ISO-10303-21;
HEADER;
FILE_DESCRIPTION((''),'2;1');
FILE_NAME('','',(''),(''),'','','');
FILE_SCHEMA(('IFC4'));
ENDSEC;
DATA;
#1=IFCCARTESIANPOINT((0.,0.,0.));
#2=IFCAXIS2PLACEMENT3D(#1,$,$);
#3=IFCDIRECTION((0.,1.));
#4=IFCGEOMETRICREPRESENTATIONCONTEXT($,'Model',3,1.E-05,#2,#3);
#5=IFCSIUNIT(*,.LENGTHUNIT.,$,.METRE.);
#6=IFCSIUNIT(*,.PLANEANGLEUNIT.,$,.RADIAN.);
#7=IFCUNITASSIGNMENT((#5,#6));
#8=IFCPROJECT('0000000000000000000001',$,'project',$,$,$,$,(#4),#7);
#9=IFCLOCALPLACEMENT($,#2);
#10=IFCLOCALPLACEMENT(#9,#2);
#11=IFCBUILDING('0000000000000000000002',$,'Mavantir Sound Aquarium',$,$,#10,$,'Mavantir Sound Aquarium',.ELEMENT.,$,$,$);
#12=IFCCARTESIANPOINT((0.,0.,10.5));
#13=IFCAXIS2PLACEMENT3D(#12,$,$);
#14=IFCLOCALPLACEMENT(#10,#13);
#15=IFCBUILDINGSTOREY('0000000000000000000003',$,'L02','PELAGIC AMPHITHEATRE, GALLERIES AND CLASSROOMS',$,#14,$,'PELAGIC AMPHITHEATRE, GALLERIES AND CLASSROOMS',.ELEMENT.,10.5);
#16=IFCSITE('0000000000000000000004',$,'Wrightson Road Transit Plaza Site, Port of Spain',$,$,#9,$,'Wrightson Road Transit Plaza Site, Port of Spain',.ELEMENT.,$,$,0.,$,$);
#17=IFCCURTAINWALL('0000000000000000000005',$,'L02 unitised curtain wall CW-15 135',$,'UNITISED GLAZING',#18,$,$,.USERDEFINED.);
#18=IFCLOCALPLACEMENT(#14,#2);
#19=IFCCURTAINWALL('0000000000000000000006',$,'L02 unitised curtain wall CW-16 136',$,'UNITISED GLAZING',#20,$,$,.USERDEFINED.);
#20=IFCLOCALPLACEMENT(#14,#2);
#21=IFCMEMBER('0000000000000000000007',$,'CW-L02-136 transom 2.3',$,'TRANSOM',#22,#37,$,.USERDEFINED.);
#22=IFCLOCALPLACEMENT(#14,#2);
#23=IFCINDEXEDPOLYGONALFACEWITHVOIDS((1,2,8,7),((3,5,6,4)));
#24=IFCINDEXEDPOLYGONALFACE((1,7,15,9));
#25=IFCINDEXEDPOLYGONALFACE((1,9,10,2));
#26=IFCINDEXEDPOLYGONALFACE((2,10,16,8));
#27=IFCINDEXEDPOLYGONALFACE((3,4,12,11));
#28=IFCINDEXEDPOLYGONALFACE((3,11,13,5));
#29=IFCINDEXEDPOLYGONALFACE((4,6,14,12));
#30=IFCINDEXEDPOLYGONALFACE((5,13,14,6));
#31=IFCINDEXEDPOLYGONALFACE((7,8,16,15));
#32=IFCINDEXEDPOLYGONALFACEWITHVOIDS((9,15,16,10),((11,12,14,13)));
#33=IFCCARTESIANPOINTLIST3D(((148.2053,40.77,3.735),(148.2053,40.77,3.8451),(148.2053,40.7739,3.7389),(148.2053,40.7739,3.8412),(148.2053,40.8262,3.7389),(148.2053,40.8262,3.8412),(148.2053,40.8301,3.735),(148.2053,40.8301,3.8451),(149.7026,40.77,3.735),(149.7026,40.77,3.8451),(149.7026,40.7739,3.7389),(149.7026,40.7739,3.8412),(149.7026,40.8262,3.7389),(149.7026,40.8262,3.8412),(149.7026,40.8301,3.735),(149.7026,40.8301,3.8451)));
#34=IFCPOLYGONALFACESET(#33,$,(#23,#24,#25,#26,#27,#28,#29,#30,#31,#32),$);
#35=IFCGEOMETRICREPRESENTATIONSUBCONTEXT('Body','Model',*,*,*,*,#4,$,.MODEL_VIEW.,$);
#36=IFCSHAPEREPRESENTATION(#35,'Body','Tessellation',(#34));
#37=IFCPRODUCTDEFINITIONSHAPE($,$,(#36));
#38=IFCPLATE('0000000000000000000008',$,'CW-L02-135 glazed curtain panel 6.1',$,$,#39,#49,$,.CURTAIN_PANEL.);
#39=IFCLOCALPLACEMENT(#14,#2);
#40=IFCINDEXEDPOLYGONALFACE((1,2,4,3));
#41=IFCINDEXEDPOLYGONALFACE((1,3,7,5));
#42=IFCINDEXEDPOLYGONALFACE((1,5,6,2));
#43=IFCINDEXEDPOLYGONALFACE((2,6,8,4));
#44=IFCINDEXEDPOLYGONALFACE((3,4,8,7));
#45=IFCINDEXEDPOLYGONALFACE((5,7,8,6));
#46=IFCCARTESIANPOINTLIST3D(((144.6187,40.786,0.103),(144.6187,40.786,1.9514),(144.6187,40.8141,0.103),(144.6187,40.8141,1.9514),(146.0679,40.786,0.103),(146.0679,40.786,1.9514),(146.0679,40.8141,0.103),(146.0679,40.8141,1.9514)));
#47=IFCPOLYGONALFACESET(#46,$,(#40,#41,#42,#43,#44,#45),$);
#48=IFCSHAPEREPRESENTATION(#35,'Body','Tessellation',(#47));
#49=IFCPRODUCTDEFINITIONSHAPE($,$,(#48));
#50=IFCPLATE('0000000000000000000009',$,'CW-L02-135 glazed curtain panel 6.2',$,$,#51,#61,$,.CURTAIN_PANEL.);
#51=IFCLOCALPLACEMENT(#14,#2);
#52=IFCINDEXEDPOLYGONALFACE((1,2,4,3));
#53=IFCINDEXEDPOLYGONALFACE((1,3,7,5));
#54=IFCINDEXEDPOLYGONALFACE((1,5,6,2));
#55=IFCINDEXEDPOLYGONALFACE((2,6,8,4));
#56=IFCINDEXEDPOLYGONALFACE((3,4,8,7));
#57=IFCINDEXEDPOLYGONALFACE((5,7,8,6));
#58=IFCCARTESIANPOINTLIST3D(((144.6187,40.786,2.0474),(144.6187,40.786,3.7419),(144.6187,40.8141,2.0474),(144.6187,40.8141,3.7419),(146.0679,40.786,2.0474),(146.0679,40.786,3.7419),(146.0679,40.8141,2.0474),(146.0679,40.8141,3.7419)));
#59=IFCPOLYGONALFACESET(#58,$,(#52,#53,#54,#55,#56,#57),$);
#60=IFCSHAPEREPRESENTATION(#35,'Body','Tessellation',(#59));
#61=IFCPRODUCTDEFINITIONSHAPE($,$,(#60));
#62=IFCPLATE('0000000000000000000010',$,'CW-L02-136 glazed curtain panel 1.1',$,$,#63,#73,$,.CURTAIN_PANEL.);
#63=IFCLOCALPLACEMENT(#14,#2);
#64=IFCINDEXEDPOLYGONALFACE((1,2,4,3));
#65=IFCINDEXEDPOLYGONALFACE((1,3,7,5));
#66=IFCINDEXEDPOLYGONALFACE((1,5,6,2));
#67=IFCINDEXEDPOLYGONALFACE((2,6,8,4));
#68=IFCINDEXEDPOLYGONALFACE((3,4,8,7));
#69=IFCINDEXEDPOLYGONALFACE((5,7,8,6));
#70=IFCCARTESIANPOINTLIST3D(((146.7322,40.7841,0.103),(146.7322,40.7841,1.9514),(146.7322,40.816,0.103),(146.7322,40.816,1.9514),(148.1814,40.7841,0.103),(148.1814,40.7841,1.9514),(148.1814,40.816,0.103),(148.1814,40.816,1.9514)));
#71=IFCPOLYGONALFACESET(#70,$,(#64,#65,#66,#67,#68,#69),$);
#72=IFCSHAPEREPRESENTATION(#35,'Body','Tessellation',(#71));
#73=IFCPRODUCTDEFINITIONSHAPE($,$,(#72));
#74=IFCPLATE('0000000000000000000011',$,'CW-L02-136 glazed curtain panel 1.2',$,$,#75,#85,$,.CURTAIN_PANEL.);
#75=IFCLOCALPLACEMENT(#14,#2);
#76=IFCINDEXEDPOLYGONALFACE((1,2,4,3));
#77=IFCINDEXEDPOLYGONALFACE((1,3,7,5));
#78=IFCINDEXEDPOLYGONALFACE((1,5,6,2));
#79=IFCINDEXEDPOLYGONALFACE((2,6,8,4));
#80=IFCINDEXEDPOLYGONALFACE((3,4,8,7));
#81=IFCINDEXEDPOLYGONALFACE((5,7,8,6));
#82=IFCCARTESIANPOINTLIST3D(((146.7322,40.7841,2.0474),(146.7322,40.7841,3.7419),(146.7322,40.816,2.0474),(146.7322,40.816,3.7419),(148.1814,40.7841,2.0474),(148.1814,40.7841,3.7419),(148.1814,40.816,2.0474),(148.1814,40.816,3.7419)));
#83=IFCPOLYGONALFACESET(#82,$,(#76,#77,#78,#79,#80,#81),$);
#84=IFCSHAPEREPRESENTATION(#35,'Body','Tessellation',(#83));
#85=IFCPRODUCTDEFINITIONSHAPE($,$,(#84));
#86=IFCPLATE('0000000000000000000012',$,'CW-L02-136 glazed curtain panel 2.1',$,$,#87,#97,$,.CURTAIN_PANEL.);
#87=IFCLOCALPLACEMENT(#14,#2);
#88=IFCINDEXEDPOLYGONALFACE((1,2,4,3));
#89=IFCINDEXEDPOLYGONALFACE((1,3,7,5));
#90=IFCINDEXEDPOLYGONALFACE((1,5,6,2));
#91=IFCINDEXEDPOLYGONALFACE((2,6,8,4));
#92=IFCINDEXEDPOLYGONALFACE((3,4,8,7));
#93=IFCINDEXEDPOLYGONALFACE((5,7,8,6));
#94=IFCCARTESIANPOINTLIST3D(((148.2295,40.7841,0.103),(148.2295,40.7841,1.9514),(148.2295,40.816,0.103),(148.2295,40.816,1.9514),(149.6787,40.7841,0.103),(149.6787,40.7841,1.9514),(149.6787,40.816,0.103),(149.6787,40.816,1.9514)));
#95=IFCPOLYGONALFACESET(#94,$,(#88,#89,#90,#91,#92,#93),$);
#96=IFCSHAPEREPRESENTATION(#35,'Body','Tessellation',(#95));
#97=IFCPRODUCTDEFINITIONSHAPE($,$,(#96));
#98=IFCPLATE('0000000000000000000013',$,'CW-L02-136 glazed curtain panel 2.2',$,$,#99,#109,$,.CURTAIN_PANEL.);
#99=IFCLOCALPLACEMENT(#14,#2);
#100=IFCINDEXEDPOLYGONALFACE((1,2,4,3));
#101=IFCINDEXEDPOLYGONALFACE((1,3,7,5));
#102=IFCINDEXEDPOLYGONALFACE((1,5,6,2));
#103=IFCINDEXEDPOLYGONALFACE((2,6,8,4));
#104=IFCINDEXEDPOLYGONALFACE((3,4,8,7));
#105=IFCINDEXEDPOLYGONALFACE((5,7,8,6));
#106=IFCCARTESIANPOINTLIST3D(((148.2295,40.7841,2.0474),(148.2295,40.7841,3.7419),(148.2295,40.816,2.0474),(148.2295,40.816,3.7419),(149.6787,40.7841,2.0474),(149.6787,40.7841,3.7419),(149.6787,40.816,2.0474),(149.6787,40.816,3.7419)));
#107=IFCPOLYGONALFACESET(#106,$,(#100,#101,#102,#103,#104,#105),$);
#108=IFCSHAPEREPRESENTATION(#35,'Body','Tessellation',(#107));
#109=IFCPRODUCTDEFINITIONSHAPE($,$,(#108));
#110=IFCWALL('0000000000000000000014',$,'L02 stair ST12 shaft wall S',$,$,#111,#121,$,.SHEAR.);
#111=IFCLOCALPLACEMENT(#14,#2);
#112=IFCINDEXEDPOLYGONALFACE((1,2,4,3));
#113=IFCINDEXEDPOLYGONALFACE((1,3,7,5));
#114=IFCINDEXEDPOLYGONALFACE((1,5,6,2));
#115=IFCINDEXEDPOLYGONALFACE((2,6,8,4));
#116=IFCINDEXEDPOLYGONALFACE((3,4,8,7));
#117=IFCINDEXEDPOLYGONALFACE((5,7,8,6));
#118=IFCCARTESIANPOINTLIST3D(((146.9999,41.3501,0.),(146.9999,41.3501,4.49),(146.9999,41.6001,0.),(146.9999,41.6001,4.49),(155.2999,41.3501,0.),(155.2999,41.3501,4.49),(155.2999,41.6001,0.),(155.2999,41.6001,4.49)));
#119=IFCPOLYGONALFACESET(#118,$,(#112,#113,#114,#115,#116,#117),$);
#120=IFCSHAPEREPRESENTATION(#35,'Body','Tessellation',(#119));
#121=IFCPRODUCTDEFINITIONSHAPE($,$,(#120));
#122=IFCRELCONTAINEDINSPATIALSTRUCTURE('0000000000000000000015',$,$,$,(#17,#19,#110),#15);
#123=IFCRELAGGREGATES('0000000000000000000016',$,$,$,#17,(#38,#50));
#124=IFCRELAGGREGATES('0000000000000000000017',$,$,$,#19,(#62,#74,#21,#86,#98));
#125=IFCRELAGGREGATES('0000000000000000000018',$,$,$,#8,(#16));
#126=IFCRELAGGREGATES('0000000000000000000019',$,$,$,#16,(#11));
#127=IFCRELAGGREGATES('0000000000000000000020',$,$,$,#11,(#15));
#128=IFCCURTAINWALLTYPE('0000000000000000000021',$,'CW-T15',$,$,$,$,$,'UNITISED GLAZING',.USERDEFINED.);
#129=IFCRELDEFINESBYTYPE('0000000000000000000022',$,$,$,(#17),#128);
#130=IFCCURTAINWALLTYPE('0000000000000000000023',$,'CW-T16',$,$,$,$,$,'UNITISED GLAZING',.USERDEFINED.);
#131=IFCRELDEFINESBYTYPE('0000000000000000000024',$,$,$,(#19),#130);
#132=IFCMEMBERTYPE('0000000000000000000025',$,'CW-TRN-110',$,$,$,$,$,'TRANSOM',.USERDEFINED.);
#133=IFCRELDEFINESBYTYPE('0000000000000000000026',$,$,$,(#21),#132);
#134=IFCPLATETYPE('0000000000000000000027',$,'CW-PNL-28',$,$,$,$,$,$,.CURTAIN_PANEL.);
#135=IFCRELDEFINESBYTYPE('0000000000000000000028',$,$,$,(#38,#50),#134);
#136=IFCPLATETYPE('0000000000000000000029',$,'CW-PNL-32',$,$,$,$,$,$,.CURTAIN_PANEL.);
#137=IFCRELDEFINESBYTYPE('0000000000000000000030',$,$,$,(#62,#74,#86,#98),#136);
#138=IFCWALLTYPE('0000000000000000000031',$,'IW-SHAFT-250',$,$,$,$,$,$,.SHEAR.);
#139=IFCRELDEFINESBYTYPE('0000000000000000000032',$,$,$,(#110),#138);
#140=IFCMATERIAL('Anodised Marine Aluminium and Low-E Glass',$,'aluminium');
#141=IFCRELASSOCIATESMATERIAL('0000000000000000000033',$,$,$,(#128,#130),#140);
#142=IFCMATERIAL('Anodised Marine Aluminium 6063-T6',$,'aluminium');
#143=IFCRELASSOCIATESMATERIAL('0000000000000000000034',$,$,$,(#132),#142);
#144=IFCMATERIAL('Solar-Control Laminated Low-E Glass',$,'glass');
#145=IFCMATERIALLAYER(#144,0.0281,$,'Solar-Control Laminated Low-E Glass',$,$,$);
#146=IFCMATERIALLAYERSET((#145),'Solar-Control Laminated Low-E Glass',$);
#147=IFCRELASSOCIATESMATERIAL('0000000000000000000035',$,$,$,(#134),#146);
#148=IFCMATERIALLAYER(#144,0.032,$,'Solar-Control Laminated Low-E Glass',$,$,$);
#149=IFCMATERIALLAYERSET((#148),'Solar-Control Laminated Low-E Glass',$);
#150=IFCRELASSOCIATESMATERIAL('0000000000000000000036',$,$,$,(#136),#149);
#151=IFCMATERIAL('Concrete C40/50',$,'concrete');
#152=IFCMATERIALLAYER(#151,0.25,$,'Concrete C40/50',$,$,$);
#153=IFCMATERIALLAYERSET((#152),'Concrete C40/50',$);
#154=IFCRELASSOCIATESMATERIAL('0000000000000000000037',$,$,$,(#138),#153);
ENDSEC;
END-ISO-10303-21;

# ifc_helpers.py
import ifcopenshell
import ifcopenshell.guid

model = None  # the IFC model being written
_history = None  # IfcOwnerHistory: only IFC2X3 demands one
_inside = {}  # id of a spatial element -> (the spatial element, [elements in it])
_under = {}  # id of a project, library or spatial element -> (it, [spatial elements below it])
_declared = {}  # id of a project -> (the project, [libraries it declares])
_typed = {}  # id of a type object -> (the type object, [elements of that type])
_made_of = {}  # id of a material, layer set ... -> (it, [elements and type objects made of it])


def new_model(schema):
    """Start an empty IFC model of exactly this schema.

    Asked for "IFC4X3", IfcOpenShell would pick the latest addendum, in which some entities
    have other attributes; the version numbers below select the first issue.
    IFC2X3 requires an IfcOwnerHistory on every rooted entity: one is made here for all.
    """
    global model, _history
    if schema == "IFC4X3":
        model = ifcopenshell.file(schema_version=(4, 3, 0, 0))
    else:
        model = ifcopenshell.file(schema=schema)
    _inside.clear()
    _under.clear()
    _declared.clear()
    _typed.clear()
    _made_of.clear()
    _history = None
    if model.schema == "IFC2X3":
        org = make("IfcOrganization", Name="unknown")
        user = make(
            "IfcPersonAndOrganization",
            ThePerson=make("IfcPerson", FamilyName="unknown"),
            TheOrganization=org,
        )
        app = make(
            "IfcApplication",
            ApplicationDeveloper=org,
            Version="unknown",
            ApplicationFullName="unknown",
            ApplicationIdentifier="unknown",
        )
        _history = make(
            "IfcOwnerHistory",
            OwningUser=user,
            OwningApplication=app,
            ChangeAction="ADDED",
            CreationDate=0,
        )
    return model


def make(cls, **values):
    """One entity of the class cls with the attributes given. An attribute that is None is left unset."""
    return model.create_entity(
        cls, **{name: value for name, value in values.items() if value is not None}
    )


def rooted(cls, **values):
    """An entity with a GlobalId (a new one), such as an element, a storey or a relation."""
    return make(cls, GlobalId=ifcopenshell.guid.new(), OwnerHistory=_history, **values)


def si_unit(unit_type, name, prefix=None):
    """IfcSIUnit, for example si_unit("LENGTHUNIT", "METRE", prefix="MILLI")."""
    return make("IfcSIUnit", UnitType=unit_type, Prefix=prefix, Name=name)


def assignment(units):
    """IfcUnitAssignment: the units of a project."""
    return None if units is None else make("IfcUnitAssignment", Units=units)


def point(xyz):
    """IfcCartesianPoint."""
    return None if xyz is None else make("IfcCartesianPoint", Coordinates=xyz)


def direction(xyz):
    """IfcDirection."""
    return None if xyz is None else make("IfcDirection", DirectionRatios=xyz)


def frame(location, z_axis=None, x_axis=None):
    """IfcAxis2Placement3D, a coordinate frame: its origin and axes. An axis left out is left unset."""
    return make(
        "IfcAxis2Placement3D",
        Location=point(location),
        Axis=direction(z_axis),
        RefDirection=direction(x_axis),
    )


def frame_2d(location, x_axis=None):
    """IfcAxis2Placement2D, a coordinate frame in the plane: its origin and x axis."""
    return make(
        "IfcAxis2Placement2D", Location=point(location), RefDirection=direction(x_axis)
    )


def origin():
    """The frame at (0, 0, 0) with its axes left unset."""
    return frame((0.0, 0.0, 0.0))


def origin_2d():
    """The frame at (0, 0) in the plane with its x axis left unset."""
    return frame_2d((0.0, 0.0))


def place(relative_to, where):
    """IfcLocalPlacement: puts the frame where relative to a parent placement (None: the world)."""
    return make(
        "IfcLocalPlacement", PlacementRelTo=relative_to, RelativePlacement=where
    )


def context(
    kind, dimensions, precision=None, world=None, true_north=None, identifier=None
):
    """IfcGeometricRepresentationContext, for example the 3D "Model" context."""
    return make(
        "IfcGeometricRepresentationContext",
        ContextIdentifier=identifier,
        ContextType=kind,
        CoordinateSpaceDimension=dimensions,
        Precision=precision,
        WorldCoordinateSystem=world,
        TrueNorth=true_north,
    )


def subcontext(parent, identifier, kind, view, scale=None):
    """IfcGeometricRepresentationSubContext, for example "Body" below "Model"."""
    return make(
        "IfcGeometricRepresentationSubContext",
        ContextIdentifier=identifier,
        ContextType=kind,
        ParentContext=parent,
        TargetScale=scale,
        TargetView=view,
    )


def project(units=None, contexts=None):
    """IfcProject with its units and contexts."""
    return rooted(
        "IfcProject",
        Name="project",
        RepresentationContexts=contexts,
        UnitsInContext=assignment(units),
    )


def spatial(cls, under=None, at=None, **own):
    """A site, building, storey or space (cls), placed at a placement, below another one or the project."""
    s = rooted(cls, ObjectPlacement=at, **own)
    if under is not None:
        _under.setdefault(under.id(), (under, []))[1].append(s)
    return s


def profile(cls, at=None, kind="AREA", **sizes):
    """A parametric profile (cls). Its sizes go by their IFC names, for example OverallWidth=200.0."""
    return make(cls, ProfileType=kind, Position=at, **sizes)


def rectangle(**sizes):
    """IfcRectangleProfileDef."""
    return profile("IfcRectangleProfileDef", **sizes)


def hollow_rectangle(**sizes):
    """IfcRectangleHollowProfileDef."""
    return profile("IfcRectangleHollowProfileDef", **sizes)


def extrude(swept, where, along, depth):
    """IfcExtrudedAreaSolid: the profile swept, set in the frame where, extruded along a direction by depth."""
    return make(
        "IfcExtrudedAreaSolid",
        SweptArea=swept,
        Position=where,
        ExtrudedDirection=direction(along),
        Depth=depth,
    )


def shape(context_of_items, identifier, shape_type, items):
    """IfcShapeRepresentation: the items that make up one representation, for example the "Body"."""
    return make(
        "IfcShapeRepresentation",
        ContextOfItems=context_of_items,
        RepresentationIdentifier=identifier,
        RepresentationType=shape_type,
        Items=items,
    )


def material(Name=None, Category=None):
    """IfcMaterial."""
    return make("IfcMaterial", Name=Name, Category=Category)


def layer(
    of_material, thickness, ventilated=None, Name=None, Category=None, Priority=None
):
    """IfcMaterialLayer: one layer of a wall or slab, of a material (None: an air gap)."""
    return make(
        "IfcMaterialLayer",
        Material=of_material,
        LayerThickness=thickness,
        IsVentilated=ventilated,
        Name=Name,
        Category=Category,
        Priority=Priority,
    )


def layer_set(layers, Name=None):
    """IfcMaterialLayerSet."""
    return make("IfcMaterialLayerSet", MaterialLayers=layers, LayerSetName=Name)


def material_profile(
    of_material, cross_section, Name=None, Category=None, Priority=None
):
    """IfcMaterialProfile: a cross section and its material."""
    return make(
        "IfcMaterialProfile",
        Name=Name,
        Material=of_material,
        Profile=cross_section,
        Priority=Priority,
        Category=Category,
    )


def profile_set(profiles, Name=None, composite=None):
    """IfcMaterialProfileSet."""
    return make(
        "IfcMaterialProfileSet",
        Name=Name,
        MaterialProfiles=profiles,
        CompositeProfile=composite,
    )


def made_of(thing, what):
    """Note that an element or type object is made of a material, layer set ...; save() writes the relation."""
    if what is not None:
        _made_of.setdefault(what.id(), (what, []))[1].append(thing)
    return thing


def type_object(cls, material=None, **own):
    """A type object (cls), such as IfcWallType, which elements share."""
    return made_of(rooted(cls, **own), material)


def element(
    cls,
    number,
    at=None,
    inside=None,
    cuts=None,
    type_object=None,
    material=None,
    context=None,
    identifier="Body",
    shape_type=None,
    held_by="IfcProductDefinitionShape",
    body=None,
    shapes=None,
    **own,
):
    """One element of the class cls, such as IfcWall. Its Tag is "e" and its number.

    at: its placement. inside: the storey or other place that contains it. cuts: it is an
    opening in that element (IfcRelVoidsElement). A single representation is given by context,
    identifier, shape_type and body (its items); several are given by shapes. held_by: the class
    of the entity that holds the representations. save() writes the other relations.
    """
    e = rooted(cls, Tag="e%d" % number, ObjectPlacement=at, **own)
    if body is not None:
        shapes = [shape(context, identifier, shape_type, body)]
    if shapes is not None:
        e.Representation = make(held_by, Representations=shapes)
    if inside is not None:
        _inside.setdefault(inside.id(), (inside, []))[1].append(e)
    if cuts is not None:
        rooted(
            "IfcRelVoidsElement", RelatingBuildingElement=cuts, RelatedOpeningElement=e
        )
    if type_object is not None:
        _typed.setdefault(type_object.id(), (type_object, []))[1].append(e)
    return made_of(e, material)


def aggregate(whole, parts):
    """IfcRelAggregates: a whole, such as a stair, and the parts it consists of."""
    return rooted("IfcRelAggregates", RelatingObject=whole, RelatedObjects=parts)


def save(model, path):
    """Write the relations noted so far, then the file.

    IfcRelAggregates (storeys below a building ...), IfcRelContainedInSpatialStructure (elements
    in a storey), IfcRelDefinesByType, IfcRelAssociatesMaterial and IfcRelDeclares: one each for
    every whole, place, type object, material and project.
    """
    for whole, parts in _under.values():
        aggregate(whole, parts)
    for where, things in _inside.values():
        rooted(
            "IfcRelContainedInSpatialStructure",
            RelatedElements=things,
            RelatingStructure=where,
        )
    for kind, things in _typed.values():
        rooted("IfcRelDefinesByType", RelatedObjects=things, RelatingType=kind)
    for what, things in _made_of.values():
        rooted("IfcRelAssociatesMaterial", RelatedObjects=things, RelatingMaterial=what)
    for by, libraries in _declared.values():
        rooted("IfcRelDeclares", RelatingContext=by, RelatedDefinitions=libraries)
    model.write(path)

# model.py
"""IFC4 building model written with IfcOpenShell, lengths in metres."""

from ifc_helpers import new_model, si_unit, direction, frame, frame_2d, origin, origin_2d, place, context, subcontext, project, spatial, rectangle, hollow_rectangle, extrude, material, layer, layer_set, material_profile, profile_set, type_object, element, aggregate, save


model = new_model("IFC4")

# Units and contexts
model_context = context("Model", 3, precision=1e-05, world=origin(), true_north=direction((0.0, 1.0)))
body_context = subcontext(model_context, "Body", "Model", "MODEL_VIEW")
ifc_project = project(units=[si_unit("LENGTHUNIT", "METRE"), si_unit("PLANEANGLEUNIT", "RADIAN")], contexts=[model_context])

# Site, building, storey
site_placement = place(None, origin())
site = spatial("IfcSite", under=ifc_project, at=site_placement, Name="Wrightson Road Transit Plaza Site, Port of Spain", LongName="Wrightson Road Transit Plaza Site, Port of Spain", CompositionType="ELEMENT", RefElevation=0.0)
building_placement = place(site_placement, origin())
building = spatial("IfcBuilding", under=site, at=building_placement, Name="Mavantir Sound Aquarium", LongName="Mavantir Sound Aquarium", CompositionType="ELEMENT")
storey_placement = place(building_placement, frame((0.0, 0.0, 10.5)))
storey = spatial("IfcBuildingStorey", under=building, at=storey_placement, Name="L02", Description="PELAGIC AMPHITHEATRE, GALLERIES AND CLASSROOMS", LongName="PELAGIC AMPHITHEATRE, GALLERIES AND CLASSROOMS", CompositionType="ELEMENT", Elevation=10.5)

# Shared definitions
ifc_material_1 = material(Name="Concrete C40/50", Category="concrete")

# Curtain wall
ifc_material_2 = material(Name="Anodised Marine Aluminium and Low-E Glass", Category="aluminium")
curtain_wall_type_1 = type_object("IfcCurtainWallType", Name="CW-T15", ElementType="UNITISED GLAZING", PredefinedType="USERDEFINED", material=ifc_material_2)
curtain_wall_1_placement = place(storey_placement, origin())
curtain_wall_1 = element("IfcCurtainWall", 1, at=curtain_wall_1_placement, inside=storey, type_object=curtain_wall_type_1, Name="L02 unitised curtain wall CW-15 135", ObjectType="UNITISED GLAZING", PredefinedType="USERDEFINED")
ifc_material_3 = material(Name="Anodised Marine Aluminium 6063-T6", Category="aluminium")

# Curtain wall
curtain_wall_type_2 = type_object("IfcCurtainWallType", Name="CW-T16", ElementType="UNITISED GLAZING", PredefinedType="USERDEFINED", material=ifc_material_2)
curtain_wall_2_placement = place(storey_placement, origin())
curtain_wall_2 = element("IfcCurtainWall", 2, at=curtain_wall_2_placement, inside=storey, type_object=curtain_wall_type_2, Name="L02 unitised curtain wall CW-16 136", ObjectType="UNITISED GLAZING", PredefinedType="USERDEFINED")

# Member
ifc_material_profile_1 = material_profile(ifc_material_3, hollow_rectangle(XDim=0.0601, YDim=0.1101, WallThickness=0.0039, at=origin_2d()), Name="ALU-TRANSOM-110X60")
ifc_profile_set_1 = profile_set([ifc_material_profile_1], Name="Anodised Marine Aluminium 6063-T6")
member_type_1 = type_object("IfcMemberType", Name="CW-TRN-110", ElementType="TRANSOM", PredefinedType="USERDEFINED", material=ifc_profile_set_1)
member_1_placement = place(storey_placement, frame((148.2053, 40.8, 3.79), z_axis=(1.0, 0.0, 0.0), x_axis=(0.0, 1.0, 0.0)))
member_1 = element("IfcMember", 3, at=member_1_placement, type_object=member_type_1, Name="CW-L02-136 transom 2.3", ObjectType="TRANSOM", PredefinedType="USERDEFINED", context=body_context, shape_type="SweptSolid", body=[
    extrude(hollow_rectangle(XDim=0.0601, YDim=0.1101, WallThickness=0.0039, at=origin_2d()), origin(), (0.0, 0.0, 1.0), 1.4973),
])

# Plates
ifc_material_4 = material(Name="Solar-Control Laminated Low-E Glass", Category="glass")
ifc_layer_1 = layer(ifc_material_4, 0.0281, Name="Solar-Control Laminated Low-E Glass")
ifc_layer_set_1 = layer_set([ifc_layer_1], Name="Solar-Control Laminated Low-E Glass")
plate_type_1 = type_object("IfcPlateType", Name="CW-PNL-28", PredefinedType="CURTAIN_PANEL", material=ifc_layer_set_1)
plate_1_placement = place(storey_placement, frame((145.3433, 40.8, 0.103), z_axis=(0.0, 0.0, 1.0), x_axis=(1.0, 0.0, 0.0)))
plate_1 = element("IfcPlate", 4, at=plate_1_placement, type_object=plate_type_1, Name="CW-L02-135 glazed curtain panel 6.1", PredefinedType="CURTAIN_PANEL", context=body_context, shape_type="SweptSolid", body=[
    extrude(rectangle(XDim=1.4492, YDim=0.0281, at=origin_2d()), origin(), (0.0, 0.0, 1.0), 1.8484),
])
plate_2_placement = place(storey_placement, frame((145.3433, 40.8, 2.0474), z_axis=(0.0, 0.0, 1.0), x_axis=(1.0, 0.0, 0.0)))
plate_2 = element("IfcPlate", 5, at=plate_2_placement, type_object=plate_type_1, Name="CW-L02-135 glazed curtain panel 6.2", PredefinedType="CURTAIN_PANEL", context=body_context, shape_type="SweptSolid", body=[
    extrude(rectangle(XDim=1.4492, YDim=0.0281, at=origin_2d()), origin(), (0.0, 0.0, 1.0), 1.6946),
])
aggregate(curtain_wall_1, [plate_1, plate_2])
ifc_layer_2 = layer(ifc_material_4, 0.032, Name="Solar-Control Laminated Low-E Glass")
ifc_layer_set_2 = layer_set([ifc_layer_2], Name="Solar-Control Laminated Low-E Glass")
plate_type_2 = type_object("IfcPlateType", Name="CW-PNL-32", PredefinedType="CURTAIN_PANEL", material=ifc_layer_set_2)
plate_3_placement = place(storey_placement, frame((147.4568, 40.8, 0.103), z_axis=(0.0, 0.0, 1.0), x_axis=(1.0, 0.0, 0.0)))
plate_3 = element("IfcPlate", 6, at=plate_3_placement, type_object=plate_type_2, Name="CW-L02-136 glazed curtain panel 1.1", PredefinedType="CURTAIN_PANEL", context=body_context, shape_type="SweptSolid", body=[
    extrude(rectangle(XDim=1.4492, YDim=0.032, at=origin_2d()), origin(), (0.0, 0.0, 1.0), 1.8484),
])
plate_4_placement = place(storey_placement, frame((147.4568, 40.8, 2.0474), z_axis=(0.0, 0.0, 1.0), x_axis=(1.0, 0.0, 0.0)))
plate_4 = element("IfcPlate", 7, at=plate_4_placement, type_object=plate_type_2, Name="CW-L02-136 glazed curtain panel 1.2", PredefinedType="CURTAIN_PANEL", context=body_context, shape_type="SweptSolid", body=[
    extrude(rectangle(XDim=1.4492, YDim=0.032, at=origin_2d()), origin(), (0.0, 0.0, 1.0), 1.6946),
])
plate_5_placement = place(storey_placement, frame((148.9541, 40.8, 0.103), z_axis=(0.0, 0.0, 1.0), x_axis=(1.0, 0.0, 0.0)))
plate_5 = element("IfcPlate", 8, at=plate_5_placement, type_object=plate_type_2, Name="CW-L02-136 glazed curtain panel 2.1", PredefinedType="CURTAIN_PANEL", context=body_context, shape_type="SweptSolid", body=[
    extrude(rectangle(XDim=1.4492, YDim=0.032, at=origin_2d()), origin(), (0.0, 0.0, 1.0), 1.8484),
])
plate_6_placement = place(storey_placement, frame((148.9541, 40.8, 2.0474), z_axis=(0.0, 0.0, 1.0), x_axis=(1.0, 0.0, 0.0)))
plate_6 = element("IfcPlate", 9, at=plate_6_placement, type_object=plate_type_2, Name="CW-L02-136 glazed curtain panel 2.2", PredefinedType="CURTAIN_PANEL", context=body_context, shape_type="SweptSolid", body=[
    extrude(rectangle(XDim=1.4492, YDim=0.032, at=origin_2d()), origin(), (0.0, 0.0, 1.0), 1.6946),
])
aggregate(curtain_wall_2, [plate_3, plate_4, member_1, plate_5, plate_6])

# Wall
ifc_layer_3 = layer(ifc_material_1, 0.25, Name="Concrete C40/50")
ifc_layer_set_3 = layer_set([ifc_layer_3], Name="Concrete C40/50")
wall_type = type_object("IfcWallType", Name="IW-SHAFT-250", PredefinedType="SHEAR", material=ifc_layer_set_3)
wall_placement = place(storey_placement, frame((147.0, 41.4751, 0.0), z_axis=(0.0, 0.0, 1.0), x_axis=(1.0, 0.0, 0.0)))
element("IfcWall", 10, at=wall_placement, inside=storey, type_object=wall_type, Name="L02 stair ST12 shaft wall S", PredefinedType="SHEAR", context=body_context, shape_type="SweptSolid", body=[
    extrude(rectangle(XDim=8.3, YDim=0.25, at=frame_2d((4.1499, 0.0))), origin(), (0.0, 0.0, 1.0), 4.49),
])

save(model, "model.ifc")
